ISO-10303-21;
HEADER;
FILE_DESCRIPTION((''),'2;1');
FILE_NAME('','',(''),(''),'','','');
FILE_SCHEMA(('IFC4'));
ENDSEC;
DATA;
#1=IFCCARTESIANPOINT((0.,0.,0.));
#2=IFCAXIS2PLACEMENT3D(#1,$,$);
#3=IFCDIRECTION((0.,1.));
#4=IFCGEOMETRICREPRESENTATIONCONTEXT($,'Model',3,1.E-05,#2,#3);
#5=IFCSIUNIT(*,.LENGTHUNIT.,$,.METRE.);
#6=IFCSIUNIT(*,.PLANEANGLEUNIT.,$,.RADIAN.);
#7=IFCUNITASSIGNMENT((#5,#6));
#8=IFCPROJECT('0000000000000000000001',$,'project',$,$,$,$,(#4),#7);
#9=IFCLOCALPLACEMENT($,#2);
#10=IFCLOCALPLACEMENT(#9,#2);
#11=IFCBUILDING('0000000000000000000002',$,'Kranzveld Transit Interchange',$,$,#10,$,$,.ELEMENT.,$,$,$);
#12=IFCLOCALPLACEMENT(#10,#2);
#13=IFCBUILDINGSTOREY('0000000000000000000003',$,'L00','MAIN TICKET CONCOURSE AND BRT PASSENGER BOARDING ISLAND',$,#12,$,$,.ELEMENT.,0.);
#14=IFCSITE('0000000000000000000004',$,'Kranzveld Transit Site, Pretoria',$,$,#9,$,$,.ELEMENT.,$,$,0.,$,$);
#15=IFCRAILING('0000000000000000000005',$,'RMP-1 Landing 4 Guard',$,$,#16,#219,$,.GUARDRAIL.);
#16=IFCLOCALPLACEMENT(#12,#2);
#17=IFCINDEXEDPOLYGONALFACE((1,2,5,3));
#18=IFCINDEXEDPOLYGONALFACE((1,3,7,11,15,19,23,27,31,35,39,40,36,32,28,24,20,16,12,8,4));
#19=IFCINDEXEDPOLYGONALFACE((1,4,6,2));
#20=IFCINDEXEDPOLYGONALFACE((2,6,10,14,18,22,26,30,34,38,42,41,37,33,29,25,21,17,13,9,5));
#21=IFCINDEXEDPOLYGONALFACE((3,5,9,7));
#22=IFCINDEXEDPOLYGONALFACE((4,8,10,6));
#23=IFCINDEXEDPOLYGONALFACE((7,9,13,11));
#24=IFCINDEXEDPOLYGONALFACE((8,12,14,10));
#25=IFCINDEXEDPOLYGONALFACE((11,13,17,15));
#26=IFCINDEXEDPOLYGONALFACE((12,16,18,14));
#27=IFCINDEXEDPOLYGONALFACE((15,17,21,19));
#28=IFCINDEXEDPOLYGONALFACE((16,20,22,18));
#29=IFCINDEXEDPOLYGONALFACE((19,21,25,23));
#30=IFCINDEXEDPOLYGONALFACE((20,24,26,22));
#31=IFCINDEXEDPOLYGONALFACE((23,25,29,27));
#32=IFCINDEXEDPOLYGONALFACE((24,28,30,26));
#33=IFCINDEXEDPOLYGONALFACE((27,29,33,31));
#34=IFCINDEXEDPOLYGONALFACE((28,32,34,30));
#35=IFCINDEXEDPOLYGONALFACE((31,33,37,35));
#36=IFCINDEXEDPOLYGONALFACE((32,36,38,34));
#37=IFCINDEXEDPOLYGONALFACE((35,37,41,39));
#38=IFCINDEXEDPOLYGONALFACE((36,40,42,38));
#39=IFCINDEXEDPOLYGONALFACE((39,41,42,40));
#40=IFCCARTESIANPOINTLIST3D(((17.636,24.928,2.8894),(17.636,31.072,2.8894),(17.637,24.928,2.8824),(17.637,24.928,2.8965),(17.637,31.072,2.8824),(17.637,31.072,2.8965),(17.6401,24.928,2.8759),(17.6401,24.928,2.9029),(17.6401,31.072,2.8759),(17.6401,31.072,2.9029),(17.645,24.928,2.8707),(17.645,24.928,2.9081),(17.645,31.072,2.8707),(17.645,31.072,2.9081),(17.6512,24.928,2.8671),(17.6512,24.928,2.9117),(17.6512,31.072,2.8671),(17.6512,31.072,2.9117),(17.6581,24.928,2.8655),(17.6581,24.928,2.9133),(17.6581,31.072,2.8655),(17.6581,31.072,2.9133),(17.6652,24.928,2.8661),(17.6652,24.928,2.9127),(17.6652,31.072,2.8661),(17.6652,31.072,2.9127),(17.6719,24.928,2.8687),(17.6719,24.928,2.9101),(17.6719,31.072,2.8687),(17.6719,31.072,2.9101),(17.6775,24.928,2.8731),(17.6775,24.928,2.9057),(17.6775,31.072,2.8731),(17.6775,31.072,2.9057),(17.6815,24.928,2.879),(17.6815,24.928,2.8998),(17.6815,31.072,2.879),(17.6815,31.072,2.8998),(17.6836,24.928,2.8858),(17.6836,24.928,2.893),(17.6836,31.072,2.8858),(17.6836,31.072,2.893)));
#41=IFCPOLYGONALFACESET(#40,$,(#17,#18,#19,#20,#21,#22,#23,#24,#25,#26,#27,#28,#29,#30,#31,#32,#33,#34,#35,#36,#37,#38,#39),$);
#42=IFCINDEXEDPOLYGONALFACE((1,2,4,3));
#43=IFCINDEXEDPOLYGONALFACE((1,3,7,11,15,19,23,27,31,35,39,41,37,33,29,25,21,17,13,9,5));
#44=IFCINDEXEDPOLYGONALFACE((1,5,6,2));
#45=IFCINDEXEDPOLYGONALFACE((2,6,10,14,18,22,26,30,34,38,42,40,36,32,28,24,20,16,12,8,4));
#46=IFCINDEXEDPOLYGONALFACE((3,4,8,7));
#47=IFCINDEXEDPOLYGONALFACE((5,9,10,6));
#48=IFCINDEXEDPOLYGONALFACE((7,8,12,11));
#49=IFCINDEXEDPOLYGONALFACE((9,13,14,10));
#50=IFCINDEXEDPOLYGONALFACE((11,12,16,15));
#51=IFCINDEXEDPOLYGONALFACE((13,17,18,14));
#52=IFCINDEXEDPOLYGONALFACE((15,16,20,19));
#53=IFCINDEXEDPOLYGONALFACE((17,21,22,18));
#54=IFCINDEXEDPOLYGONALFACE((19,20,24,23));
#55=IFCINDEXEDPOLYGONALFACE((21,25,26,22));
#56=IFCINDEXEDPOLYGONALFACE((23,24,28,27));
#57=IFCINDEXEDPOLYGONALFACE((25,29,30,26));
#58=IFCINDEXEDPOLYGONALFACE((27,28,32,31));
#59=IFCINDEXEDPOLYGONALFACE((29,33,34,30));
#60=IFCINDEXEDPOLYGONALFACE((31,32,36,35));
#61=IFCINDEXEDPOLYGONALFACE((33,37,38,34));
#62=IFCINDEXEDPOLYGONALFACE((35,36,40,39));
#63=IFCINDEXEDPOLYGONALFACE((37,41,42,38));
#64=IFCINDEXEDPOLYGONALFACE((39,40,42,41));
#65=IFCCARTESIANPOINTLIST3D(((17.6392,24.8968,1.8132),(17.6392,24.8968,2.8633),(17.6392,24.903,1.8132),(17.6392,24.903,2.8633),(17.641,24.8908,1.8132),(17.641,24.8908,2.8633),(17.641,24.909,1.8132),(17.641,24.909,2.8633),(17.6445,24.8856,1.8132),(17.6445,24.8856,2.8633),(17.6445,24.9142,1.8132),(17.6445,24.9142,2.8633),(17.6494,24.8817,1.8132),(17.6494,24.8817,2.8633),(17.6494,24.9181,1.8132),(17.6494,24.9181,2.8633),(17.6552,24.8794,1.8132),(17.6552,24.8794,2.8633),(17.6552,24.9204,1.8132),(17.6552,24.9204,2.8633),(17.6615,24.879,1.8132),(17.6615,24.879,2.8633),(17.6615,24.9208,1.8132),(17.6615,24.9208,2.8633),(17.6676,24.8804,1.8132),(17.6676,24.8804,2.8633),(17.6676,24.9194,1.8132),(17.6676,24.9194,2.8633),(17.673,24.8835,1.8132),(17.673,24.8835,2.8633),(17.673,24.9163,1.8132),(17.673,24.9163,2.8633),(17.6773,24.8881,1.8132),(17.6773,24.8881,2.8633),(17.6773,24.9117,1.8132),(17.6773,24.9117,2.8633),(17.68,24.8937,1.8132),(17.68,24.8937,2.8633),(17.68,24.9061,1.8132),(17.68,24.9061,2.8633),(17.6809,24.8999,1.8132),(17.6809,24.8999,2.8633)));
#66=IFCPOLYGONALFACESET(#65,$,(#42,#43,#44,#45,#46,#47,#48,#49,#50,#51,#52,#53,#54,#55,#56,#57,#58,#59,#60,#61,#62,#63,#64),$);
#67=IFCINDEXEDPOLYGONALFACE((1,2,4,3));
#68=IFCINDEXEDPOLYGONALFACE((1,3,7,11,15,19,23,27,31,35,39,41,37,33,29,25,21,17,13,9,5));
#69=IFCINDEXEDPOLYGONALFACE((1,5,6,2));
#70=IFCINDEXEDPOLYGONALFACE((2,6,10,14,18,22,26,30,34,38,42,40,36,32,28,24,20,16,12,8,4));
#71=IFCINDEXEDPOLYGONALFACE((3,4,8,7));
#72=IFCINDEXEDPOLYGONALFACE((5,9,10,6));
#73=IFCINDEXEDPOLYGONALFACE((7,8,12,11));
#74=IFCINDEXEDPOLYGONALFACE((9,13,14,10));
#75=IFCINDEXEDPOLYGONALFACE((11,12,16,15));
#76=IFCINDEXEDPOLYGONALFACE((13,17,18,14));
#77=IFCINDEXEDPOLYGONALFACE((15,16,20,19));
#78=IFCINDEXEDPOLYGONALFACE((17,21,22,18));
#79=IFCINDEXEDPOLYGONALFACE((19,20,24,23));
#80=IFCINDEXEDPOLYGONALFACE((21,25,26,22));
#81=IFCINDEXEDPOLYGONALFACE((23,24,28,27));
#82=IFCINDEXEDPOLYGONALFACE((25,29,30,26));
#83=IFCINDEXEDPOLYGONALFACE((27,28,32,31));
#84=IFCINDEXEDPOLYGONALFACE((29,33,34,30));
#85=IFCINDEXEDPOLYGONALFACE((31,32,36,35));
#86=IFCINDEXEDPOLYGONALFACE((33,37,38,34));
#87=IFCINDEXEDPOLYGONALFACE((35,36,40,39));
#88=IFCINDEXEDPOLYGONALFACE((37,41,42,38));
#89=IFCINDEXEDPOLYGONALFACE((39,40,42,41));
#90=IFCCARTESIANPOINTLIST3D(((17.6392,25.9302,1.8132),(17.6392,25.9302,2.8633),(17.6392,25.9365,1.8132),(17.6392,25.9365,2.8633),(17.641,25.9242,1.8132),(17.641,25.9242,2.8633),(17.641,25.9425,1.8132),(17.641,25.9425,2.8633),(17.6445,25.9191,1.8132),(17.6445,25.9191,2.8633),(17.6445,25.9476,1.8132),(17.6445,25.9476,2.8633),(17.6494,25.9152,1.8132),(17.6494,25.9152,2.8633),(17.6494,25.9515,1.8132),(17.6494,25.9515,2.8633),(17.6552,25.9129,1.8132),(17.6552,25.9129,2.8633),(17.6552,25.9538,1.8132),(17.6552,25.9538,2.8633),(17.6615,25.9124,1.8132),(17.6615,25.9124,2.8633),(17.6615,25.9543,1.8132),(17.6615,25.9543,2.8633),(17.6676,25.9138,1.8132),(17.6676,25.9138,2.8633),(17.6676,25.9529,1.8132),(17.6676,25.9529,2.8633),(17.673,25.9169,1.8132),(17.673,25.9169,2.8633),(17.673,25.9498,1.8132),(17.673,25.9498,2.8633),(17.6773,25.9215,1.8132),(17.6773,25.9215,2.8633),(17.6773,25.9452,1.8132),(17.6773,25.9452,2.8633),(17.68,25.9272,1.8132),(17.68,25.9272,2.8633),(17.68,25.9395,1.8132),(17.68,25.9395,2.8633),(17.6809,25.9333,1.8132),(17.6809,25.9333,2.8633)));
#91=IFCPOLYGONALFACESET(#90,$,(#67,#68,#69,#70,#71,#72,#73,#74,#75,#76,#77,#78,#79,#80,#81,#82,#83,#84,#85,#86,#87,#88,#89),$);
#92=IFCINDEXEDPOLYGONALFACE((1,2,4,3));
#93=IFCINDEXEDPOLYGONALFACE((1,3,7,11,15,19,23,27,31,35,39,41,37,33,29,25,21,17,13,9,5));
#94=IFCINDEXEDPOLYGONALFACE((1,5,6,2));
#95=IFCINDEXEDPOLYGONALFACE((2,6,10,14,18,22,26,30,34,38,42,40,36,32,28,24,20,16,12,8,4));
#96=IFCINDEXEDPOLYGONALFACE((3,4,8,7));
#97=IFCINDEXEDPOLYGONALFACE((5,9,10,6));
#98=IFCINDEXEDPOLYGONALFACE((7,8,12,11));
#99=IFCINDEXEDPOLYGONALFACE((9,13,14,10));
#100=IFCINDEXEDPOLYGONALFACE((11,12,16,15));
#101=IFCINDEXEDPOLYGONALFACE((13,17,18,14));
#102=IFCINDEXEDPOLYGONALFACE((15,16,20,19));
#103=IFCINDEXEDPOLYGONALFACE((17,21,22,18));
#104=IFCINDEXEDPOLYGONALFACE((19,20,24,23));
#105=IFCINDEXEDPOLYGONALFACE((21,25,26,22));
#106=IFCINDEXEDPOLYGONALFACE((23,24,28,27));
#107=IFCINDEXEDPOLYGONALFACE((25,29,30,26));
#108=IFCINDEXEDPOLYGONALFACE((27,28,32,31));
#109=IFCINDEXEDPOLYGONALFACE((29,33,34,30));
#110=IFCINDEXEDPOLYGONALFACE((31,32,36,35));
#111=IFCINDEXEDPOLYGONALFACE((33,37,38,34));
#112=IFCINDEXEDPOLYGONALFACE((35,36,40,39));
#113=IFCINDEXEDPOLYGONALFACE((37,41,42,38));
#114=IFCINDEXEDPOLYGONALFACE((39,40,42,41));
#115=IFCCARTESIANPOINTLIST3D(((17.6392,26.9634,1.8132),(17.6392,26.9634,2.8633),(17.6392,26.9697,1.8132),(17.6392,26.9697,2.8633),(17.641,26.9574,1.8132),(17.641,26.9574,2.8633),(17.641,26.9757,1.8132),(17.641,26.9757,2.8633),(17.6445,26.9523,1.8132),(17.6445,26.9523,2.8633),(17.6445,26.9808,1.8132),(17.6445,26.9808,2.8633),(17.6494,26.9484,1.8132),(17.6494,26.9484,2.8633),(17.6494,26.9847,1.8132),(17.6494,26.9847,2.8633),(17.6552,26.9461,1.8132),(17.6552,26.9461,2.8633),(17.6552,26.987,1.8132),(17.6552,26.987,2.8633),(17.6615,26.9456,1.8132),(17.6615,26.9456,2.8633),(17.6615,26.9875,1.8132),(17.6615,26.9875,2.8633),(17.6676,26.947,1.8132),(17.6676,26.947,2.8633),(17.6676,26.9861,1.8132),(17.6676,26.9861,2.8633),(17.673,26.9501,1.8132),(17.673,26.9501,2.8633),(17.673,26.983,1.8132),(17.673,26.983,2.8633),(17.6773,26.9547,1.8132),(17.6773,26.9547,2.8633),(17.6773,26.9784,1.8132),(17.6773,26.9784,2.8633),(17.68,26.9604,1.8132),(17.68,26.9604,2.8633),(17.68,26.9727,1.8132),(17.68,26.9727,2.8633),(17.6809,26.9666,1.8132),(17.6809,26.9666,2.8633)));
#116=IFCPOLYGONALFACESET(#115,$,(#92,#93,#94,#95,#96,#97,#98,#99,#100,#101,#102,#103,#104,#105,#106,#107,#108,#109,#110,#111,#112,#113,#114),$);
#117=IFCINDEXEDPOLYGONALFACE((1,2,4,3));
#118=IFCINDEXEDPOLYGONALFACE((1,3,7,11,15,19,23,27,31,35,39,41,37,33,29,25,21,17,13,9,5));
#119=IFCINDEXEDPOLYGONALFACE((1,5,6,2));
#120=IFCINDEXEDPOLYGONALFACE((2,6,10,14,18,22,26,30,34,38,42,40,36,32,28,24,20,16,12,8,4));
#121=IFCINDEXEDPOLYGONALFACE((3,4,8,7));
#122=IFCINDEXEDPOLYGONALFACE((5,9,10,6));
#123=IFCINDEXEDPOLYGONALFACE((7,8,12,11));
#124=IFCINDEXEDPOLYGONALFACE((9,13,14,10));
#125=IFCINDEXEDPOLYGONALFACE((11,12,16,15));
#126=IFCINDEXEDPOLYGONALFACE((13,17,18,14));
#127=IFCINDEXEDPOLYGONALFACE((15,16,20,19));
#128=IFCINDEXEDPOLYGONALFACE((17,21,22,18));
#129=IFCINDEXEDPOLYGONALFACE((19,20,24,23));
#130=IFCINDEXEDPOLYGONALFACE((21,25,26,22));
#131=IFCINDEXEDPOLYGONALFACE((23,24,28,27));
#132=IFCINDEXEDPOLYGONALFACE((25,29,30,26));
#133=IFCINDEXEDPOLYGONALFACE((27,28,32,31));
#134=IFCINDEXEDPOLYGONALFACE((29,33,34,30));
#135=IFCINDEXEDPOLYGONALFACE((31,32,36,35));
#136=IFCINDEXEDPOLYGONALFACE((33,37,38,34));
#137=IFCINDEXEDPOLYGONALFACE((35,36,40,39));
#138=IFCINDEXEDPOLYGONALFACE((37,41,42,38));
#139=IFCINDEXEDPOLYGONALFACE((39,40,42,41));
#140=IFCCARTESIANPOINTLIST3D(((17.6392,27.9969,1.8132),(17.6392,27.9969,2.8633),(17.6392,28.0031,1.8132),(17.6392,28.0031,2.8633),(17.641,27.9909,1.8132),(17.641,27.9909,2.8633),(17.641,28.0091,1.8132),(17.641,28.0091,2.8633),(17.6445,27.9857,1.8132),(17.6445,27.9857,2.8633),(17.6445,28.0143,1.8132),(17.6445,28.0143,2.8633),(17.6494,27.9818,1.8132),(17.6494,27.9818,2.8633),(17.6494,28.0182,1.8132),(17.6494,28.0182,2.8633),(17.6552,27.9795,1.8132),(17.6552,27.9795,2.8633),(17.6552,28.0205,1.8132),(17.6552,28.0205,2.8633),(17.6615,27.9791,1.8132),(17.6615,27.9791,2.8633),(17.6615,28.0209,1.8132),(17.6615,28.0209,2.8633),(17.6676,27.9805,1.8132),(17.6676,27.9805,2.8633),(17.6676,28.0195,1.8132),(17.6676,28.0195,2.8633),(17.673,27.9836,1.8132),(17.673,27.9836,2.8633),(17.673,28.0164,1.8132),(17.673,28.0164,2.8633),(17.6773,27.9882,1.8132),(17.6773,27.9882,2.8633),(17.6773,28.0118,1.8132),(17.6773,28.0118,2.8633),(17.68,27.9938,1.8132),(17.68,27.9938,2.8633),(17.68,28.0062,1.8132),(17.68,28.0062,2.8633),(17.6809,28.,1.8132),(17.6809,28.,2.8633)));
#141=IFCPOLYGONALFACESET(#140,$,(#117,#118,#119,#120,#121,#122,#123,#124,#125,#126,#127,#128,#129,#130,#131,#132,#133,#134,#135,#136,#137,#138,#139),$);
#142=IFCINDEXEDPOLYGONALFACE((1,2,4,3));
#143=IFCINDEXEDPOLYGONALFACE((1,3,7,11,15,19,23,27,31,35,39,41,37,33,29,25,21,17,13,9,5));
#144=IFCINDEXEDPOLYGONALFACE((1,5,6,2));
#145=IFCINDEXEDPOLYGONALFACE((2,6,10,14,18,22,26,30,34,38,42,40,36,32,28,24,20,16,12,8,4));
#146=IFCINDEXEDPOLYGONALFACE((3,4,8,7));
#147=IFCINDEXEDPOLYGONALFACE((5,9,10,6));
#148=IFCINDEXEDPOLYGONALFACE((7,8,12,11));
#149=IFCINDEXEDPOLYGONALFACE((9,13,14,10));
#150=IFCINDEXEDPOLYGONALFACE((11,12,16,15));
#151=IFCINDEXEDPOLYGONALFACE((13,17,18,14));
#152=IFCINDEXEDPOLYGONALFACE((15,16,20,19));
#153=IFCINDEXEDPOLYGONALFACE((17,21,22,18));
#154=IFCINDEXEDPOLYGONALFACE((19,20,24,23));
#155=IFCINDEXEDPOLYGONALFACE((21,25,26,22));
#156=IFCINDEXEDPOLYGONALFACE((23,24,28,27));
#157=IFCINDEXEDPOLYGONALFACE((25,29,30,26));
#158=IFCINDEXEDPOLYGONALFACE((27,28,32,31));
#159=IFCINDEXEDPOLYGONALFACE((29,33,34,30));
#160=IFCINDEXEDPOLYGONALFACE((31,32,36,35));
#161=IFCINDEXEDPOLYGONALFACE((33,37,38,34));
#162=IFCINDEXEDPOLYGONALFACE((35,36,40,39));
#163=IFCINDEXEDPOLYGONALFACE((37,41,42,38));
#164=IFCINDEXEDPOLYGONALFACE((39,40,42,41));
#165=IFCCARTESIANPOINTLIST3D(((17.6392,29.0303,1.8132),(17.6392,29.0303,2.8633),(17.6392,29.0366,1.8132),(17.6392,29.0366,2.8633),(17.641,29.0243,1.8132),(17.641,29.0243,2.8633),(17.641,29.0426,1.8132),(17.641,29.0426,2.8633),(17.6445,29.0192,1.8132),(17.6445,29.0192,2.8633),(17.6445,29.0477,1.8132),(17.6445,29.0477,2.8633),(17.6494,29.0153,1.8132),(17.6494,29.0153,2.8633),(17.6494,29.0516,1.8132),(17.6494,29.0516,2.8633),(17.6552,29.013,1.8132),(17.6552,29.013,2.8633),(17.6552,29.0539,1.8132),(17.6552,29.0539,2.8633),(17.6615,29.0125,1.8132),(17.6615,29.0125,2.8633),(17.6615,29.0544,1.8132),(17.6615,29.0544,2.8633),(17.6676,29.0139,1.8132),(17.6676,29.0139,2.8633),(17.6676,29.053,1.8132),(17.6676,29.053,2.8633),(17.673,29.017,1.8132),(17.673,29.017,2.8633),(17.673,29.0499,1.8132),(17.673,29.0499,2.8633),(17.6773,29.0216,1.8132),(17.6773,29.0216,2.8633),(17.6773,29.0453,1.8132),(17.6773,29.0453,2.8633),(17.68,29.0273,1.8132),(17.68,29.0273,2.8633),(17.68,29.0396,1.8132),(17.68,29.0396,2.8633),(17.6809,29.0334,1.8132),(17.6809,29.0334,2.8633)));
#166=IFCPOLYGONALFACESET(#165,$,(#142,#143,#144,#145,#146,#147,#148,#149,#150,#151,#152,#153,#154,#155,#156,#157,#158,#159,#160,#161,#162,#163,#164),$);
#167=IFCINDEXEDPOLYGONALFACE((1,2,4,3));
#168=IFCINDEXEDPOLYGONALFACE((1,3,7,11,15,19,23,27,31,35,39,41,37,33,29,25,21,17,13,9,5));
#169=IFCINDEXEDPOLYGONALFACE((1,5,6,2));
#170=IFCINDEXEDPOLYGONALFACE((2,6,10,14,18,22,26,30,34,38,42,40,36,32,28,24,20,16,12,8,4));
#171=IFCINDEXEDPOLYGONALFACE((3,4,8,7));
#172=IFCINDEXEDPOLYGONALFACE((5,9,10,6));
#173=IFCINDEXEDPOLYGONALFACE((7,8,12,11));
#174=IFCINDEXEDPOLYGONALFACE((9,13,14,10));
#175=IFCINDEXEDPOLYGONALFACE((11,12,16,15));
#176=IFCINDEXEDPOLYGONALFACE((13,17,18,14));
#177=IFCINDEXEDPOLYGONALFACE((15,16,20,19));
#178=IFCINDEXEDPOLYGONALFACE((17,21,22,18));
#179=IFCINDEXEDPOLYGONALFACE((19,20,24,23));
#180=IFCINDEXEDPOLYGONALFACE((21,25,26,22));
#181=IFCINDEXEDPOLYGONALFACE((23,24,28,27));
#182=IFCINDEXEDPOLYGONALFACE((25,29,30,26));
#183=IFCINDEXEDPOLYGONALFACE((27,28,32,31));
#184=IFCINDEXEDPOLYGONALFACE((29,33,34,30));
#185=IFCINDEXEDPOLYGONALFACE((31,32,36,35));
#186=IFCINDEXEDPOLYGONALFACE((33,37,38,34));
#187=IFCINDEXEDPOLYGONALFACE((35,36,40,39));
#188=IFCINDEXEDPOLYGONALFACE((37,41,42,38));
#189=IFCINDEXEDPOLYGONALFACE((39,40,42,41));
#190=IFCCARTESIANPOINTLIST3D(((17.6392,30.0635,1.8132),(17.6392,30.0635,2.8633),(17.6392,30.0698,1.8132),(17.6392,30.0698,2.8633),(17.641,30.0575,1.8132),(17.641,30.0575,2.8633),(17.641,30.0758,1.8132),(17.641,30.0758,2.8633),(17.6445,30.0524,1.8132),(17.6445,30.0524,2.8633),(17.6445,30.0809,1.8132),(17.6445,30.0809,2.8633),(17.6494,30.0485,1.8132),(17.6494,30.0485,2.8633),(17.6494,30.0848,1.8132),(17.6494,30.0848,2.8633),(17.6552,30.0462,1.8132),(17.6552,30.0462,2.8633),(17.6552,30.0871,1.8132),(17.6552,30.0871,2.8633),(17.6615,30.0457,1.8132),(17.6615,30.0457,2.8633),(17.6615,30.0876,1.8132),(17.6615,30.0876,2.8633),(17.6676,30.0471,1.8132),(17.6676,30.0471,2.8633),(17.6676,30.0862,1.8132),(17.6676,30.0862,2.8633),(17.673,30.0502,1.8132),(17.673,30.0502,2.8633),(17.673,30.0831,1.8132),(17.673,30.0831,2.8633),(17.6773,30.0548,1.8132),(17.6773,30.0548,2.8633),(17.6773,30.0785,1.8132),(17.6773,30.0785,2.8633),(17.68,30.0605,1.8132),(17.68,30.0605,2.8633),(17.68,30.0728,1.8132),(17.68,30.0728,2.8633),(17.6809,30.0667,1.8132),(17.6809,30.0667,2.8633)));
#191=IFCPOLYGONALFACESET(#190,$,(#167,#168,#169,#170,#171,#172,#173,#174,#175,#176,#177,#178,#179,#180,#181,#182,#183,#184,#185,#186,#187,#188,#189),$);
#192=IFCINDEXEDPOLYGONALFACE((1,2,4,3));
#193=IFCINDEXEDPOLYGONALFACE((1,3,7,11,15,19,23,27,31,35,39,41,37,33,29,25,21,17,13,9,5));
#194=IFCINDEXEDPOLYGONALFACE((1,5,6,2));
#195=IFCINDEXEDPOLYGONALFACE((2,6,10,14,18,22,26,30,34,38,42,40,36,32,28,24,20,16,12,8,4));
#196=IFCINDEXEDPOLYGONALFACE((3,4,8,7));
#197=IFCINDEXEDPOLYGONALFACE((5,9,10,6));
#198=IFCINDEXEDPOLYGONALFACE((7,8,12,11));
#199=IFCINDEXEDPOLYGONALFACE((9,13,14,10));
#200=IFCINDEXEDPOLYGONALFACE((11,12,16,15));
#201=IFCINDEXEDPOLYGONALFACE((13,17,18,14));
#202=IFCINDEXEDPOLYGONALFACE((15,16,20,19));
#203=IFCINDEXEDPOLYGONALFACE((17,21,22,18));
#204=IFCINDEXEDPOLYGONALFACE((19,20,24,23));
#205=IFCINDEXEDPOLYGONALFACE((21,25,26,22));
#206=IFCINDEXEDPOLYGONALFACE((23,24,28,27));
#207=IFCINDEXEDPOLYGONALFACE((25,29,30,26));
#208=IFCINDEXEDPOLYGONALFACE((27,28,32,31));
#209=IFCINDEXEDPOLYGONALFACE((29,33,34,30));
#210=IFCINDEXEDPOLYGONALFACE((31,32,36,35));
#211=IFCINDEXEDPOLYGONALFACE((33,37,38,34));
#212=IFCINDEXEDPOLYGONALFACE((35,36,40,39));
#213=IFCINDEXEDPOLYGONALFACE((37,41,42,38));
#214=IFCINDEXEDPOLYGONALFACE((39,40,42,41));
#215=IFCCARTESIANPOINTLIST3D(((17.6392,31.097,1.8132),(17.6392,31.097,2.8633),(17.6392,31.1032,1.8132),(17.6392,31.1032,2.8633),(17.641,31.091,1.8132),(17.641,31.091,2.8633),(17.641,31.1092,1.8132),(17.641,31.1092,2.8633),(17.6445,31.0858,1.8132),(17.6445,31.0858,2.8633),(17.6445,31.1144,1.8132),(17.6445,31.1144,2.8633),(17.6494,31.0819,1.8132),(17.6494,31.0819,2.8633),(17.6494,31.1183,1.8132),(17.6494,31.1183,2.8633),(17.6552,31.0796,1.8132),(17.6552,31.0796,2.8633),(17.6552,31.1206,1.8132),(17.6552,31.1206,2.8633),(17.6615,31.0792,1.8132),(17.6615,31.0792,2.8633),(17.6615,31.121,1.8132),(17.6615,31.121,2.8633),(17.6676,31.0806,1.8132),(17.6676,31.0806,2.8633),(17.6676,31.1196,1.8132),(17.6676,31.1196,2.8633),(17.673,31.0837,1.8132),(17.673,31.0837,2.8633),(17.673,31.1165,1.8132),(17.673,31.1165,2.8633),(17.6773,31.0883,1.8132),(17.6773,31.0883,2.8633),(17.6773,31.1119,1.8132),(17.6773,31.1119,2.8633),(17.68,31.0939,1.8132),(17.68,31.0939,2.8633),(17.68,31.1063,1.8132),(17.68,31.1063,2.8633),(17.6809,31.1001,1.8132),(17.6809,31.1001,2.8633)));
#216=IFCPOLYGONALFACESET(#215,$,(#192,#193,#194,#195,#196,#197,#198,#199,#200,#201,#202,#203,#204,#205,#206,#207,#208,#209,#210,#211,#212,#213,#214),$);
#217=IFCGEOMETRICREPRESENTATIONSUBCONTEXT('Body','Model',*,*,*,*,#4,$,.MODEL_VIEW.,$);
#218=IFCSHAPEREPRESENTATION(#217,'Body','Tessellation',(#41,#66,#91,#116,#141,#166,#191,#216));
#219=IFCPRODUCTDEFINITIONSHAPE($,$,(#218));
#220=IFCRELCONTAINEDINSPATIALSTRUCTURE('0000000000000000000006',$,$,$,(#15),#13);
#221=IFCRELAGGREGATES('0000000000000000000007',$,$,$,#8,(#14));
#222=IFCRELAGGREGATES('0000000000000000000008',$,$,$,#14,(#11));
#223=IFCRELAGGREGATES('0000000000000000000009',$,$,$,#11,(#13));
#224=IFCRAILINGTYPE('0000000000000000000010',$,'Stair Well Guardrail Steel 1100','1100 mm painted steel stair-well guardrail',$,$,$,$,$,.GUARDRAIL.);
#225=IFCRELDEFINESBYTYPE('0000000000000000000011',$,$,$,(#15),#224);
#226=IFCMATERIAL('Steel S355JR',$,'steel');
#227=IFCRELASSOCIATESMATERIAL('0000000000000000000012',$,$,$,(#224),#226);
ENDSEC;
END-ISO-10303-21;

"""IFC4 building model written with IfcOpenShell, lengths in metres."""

from ifc_helpers import new_model, si_unit, direction, frame, origin, origin_2d, place, context, subcontext, project, spatial, circle, extrude, material, type_object, element, save


model = new_model("IFC4")

# Units and contexts
model_context = context("Model", 3, precision=1e-05, world=origin(), true_north=direction((0.0, 1.0)))
body_context = subcontext(model_context, "Body", "Model", "MODEL_VIEW")
ifc_project = project(units=[si_unit("LENGTHUNIT", "METRE"), si_unit("PLANEANGLEUNIT", "RADIAN")], contexts=[model_context])

# Site, building, storey
site_placement = place(None, origin())
site = spatial("IfcSite", under=ifc_project, at=site_placement, Name="Kranzveld Transit Site, Pretoria", CompositionType="ELEMENT", RefElevation=0.0)
building_placement = place(site_placement, origin())
building = spatial("IfcBuilding", under=site, at=building_placement, Name="Kranzveld Transit Interchange", CompositionType="ELEMENT")
storey_placement = place(building_placement, origin())
storey = spatial("IfcBuildingStorey", under=building, at=storey_placement, Name="L00", Description="MAIN TICKET CONCOURSE AND BRT PASSENGER BOARDING ISLAND", CompositionType="ELEMENT", Elevation=0.0)

# Railing
ifc_material_1 = material(Name="Steel S355JR", Category="steel")
railing_type = type_object("IfcRailingType", Name="Stair Well Guardrail Steel 1100", Description="1100 mm painted steel stair-well guardrail", PredefinedType="GUARDRAIL", material=ifc_material_1)
for number, where, name in (
    (1, (17.6599, 24.8999, 1.8132), "RMP-1 Landing 4 Guard"),
):
    element("IfcRailing", number, at=place(storey_placement, frame(where)), inside=storey, type_object=railing_type, Name=name, PredefinedType="GUARDRAIL", context=body_context, shape_type="SweptSolid", body=[
        extrude(circle(Radius=0.0239, at=origin_2d()), frame((0.0, 0.0281, 1.0762), z_axis=(0.0, 1.0, 0.0), x_axis=(-1.0, 0.0, 0.0)), (0.0, 0.0, 1.0), 6.144),
        extrude(circle(Radius=0.021, at=origin_2d()), origin(), (0.0, 0.0, 1.0), 1.05),
        extrude(circle(Radius=0.021, at=origin_2d()), frame((0.0, 1.0334, 0.0)), (0.0, 0.0, 1.0), 1.05),
        extrude(circle(Radius=0.021, at=origin_2d()), frame((0.0, 2.0667, 0.0)), (0.0, 0.0, 1.0), 1.05),
        extrude(circle(Radius=0.021, at=origin_2d()), frame((0.0, 3.1001, 0.0)), (0.0, 0.0, 1.0), 1.05),
        extrude(circle(Radius=0.021, at=origin_2d()), frame((0.0, 4.1335, 0.0)), (0.0, 0.0, 1.0), 1.05),
        extrude(circle(Radius=0.021, at=origin_2d()), frame((0.0, 5.1667, 0.0)), (0.0, 0.0, 1.0), 1.05),
        extrude(circle(Radius=0.021, at=origin_2d()), frame((0.0, 6.2002, 0.0)), (0.0, 0.0, 1.0), 1.05),
    ])

save(model, "model.ifc")
